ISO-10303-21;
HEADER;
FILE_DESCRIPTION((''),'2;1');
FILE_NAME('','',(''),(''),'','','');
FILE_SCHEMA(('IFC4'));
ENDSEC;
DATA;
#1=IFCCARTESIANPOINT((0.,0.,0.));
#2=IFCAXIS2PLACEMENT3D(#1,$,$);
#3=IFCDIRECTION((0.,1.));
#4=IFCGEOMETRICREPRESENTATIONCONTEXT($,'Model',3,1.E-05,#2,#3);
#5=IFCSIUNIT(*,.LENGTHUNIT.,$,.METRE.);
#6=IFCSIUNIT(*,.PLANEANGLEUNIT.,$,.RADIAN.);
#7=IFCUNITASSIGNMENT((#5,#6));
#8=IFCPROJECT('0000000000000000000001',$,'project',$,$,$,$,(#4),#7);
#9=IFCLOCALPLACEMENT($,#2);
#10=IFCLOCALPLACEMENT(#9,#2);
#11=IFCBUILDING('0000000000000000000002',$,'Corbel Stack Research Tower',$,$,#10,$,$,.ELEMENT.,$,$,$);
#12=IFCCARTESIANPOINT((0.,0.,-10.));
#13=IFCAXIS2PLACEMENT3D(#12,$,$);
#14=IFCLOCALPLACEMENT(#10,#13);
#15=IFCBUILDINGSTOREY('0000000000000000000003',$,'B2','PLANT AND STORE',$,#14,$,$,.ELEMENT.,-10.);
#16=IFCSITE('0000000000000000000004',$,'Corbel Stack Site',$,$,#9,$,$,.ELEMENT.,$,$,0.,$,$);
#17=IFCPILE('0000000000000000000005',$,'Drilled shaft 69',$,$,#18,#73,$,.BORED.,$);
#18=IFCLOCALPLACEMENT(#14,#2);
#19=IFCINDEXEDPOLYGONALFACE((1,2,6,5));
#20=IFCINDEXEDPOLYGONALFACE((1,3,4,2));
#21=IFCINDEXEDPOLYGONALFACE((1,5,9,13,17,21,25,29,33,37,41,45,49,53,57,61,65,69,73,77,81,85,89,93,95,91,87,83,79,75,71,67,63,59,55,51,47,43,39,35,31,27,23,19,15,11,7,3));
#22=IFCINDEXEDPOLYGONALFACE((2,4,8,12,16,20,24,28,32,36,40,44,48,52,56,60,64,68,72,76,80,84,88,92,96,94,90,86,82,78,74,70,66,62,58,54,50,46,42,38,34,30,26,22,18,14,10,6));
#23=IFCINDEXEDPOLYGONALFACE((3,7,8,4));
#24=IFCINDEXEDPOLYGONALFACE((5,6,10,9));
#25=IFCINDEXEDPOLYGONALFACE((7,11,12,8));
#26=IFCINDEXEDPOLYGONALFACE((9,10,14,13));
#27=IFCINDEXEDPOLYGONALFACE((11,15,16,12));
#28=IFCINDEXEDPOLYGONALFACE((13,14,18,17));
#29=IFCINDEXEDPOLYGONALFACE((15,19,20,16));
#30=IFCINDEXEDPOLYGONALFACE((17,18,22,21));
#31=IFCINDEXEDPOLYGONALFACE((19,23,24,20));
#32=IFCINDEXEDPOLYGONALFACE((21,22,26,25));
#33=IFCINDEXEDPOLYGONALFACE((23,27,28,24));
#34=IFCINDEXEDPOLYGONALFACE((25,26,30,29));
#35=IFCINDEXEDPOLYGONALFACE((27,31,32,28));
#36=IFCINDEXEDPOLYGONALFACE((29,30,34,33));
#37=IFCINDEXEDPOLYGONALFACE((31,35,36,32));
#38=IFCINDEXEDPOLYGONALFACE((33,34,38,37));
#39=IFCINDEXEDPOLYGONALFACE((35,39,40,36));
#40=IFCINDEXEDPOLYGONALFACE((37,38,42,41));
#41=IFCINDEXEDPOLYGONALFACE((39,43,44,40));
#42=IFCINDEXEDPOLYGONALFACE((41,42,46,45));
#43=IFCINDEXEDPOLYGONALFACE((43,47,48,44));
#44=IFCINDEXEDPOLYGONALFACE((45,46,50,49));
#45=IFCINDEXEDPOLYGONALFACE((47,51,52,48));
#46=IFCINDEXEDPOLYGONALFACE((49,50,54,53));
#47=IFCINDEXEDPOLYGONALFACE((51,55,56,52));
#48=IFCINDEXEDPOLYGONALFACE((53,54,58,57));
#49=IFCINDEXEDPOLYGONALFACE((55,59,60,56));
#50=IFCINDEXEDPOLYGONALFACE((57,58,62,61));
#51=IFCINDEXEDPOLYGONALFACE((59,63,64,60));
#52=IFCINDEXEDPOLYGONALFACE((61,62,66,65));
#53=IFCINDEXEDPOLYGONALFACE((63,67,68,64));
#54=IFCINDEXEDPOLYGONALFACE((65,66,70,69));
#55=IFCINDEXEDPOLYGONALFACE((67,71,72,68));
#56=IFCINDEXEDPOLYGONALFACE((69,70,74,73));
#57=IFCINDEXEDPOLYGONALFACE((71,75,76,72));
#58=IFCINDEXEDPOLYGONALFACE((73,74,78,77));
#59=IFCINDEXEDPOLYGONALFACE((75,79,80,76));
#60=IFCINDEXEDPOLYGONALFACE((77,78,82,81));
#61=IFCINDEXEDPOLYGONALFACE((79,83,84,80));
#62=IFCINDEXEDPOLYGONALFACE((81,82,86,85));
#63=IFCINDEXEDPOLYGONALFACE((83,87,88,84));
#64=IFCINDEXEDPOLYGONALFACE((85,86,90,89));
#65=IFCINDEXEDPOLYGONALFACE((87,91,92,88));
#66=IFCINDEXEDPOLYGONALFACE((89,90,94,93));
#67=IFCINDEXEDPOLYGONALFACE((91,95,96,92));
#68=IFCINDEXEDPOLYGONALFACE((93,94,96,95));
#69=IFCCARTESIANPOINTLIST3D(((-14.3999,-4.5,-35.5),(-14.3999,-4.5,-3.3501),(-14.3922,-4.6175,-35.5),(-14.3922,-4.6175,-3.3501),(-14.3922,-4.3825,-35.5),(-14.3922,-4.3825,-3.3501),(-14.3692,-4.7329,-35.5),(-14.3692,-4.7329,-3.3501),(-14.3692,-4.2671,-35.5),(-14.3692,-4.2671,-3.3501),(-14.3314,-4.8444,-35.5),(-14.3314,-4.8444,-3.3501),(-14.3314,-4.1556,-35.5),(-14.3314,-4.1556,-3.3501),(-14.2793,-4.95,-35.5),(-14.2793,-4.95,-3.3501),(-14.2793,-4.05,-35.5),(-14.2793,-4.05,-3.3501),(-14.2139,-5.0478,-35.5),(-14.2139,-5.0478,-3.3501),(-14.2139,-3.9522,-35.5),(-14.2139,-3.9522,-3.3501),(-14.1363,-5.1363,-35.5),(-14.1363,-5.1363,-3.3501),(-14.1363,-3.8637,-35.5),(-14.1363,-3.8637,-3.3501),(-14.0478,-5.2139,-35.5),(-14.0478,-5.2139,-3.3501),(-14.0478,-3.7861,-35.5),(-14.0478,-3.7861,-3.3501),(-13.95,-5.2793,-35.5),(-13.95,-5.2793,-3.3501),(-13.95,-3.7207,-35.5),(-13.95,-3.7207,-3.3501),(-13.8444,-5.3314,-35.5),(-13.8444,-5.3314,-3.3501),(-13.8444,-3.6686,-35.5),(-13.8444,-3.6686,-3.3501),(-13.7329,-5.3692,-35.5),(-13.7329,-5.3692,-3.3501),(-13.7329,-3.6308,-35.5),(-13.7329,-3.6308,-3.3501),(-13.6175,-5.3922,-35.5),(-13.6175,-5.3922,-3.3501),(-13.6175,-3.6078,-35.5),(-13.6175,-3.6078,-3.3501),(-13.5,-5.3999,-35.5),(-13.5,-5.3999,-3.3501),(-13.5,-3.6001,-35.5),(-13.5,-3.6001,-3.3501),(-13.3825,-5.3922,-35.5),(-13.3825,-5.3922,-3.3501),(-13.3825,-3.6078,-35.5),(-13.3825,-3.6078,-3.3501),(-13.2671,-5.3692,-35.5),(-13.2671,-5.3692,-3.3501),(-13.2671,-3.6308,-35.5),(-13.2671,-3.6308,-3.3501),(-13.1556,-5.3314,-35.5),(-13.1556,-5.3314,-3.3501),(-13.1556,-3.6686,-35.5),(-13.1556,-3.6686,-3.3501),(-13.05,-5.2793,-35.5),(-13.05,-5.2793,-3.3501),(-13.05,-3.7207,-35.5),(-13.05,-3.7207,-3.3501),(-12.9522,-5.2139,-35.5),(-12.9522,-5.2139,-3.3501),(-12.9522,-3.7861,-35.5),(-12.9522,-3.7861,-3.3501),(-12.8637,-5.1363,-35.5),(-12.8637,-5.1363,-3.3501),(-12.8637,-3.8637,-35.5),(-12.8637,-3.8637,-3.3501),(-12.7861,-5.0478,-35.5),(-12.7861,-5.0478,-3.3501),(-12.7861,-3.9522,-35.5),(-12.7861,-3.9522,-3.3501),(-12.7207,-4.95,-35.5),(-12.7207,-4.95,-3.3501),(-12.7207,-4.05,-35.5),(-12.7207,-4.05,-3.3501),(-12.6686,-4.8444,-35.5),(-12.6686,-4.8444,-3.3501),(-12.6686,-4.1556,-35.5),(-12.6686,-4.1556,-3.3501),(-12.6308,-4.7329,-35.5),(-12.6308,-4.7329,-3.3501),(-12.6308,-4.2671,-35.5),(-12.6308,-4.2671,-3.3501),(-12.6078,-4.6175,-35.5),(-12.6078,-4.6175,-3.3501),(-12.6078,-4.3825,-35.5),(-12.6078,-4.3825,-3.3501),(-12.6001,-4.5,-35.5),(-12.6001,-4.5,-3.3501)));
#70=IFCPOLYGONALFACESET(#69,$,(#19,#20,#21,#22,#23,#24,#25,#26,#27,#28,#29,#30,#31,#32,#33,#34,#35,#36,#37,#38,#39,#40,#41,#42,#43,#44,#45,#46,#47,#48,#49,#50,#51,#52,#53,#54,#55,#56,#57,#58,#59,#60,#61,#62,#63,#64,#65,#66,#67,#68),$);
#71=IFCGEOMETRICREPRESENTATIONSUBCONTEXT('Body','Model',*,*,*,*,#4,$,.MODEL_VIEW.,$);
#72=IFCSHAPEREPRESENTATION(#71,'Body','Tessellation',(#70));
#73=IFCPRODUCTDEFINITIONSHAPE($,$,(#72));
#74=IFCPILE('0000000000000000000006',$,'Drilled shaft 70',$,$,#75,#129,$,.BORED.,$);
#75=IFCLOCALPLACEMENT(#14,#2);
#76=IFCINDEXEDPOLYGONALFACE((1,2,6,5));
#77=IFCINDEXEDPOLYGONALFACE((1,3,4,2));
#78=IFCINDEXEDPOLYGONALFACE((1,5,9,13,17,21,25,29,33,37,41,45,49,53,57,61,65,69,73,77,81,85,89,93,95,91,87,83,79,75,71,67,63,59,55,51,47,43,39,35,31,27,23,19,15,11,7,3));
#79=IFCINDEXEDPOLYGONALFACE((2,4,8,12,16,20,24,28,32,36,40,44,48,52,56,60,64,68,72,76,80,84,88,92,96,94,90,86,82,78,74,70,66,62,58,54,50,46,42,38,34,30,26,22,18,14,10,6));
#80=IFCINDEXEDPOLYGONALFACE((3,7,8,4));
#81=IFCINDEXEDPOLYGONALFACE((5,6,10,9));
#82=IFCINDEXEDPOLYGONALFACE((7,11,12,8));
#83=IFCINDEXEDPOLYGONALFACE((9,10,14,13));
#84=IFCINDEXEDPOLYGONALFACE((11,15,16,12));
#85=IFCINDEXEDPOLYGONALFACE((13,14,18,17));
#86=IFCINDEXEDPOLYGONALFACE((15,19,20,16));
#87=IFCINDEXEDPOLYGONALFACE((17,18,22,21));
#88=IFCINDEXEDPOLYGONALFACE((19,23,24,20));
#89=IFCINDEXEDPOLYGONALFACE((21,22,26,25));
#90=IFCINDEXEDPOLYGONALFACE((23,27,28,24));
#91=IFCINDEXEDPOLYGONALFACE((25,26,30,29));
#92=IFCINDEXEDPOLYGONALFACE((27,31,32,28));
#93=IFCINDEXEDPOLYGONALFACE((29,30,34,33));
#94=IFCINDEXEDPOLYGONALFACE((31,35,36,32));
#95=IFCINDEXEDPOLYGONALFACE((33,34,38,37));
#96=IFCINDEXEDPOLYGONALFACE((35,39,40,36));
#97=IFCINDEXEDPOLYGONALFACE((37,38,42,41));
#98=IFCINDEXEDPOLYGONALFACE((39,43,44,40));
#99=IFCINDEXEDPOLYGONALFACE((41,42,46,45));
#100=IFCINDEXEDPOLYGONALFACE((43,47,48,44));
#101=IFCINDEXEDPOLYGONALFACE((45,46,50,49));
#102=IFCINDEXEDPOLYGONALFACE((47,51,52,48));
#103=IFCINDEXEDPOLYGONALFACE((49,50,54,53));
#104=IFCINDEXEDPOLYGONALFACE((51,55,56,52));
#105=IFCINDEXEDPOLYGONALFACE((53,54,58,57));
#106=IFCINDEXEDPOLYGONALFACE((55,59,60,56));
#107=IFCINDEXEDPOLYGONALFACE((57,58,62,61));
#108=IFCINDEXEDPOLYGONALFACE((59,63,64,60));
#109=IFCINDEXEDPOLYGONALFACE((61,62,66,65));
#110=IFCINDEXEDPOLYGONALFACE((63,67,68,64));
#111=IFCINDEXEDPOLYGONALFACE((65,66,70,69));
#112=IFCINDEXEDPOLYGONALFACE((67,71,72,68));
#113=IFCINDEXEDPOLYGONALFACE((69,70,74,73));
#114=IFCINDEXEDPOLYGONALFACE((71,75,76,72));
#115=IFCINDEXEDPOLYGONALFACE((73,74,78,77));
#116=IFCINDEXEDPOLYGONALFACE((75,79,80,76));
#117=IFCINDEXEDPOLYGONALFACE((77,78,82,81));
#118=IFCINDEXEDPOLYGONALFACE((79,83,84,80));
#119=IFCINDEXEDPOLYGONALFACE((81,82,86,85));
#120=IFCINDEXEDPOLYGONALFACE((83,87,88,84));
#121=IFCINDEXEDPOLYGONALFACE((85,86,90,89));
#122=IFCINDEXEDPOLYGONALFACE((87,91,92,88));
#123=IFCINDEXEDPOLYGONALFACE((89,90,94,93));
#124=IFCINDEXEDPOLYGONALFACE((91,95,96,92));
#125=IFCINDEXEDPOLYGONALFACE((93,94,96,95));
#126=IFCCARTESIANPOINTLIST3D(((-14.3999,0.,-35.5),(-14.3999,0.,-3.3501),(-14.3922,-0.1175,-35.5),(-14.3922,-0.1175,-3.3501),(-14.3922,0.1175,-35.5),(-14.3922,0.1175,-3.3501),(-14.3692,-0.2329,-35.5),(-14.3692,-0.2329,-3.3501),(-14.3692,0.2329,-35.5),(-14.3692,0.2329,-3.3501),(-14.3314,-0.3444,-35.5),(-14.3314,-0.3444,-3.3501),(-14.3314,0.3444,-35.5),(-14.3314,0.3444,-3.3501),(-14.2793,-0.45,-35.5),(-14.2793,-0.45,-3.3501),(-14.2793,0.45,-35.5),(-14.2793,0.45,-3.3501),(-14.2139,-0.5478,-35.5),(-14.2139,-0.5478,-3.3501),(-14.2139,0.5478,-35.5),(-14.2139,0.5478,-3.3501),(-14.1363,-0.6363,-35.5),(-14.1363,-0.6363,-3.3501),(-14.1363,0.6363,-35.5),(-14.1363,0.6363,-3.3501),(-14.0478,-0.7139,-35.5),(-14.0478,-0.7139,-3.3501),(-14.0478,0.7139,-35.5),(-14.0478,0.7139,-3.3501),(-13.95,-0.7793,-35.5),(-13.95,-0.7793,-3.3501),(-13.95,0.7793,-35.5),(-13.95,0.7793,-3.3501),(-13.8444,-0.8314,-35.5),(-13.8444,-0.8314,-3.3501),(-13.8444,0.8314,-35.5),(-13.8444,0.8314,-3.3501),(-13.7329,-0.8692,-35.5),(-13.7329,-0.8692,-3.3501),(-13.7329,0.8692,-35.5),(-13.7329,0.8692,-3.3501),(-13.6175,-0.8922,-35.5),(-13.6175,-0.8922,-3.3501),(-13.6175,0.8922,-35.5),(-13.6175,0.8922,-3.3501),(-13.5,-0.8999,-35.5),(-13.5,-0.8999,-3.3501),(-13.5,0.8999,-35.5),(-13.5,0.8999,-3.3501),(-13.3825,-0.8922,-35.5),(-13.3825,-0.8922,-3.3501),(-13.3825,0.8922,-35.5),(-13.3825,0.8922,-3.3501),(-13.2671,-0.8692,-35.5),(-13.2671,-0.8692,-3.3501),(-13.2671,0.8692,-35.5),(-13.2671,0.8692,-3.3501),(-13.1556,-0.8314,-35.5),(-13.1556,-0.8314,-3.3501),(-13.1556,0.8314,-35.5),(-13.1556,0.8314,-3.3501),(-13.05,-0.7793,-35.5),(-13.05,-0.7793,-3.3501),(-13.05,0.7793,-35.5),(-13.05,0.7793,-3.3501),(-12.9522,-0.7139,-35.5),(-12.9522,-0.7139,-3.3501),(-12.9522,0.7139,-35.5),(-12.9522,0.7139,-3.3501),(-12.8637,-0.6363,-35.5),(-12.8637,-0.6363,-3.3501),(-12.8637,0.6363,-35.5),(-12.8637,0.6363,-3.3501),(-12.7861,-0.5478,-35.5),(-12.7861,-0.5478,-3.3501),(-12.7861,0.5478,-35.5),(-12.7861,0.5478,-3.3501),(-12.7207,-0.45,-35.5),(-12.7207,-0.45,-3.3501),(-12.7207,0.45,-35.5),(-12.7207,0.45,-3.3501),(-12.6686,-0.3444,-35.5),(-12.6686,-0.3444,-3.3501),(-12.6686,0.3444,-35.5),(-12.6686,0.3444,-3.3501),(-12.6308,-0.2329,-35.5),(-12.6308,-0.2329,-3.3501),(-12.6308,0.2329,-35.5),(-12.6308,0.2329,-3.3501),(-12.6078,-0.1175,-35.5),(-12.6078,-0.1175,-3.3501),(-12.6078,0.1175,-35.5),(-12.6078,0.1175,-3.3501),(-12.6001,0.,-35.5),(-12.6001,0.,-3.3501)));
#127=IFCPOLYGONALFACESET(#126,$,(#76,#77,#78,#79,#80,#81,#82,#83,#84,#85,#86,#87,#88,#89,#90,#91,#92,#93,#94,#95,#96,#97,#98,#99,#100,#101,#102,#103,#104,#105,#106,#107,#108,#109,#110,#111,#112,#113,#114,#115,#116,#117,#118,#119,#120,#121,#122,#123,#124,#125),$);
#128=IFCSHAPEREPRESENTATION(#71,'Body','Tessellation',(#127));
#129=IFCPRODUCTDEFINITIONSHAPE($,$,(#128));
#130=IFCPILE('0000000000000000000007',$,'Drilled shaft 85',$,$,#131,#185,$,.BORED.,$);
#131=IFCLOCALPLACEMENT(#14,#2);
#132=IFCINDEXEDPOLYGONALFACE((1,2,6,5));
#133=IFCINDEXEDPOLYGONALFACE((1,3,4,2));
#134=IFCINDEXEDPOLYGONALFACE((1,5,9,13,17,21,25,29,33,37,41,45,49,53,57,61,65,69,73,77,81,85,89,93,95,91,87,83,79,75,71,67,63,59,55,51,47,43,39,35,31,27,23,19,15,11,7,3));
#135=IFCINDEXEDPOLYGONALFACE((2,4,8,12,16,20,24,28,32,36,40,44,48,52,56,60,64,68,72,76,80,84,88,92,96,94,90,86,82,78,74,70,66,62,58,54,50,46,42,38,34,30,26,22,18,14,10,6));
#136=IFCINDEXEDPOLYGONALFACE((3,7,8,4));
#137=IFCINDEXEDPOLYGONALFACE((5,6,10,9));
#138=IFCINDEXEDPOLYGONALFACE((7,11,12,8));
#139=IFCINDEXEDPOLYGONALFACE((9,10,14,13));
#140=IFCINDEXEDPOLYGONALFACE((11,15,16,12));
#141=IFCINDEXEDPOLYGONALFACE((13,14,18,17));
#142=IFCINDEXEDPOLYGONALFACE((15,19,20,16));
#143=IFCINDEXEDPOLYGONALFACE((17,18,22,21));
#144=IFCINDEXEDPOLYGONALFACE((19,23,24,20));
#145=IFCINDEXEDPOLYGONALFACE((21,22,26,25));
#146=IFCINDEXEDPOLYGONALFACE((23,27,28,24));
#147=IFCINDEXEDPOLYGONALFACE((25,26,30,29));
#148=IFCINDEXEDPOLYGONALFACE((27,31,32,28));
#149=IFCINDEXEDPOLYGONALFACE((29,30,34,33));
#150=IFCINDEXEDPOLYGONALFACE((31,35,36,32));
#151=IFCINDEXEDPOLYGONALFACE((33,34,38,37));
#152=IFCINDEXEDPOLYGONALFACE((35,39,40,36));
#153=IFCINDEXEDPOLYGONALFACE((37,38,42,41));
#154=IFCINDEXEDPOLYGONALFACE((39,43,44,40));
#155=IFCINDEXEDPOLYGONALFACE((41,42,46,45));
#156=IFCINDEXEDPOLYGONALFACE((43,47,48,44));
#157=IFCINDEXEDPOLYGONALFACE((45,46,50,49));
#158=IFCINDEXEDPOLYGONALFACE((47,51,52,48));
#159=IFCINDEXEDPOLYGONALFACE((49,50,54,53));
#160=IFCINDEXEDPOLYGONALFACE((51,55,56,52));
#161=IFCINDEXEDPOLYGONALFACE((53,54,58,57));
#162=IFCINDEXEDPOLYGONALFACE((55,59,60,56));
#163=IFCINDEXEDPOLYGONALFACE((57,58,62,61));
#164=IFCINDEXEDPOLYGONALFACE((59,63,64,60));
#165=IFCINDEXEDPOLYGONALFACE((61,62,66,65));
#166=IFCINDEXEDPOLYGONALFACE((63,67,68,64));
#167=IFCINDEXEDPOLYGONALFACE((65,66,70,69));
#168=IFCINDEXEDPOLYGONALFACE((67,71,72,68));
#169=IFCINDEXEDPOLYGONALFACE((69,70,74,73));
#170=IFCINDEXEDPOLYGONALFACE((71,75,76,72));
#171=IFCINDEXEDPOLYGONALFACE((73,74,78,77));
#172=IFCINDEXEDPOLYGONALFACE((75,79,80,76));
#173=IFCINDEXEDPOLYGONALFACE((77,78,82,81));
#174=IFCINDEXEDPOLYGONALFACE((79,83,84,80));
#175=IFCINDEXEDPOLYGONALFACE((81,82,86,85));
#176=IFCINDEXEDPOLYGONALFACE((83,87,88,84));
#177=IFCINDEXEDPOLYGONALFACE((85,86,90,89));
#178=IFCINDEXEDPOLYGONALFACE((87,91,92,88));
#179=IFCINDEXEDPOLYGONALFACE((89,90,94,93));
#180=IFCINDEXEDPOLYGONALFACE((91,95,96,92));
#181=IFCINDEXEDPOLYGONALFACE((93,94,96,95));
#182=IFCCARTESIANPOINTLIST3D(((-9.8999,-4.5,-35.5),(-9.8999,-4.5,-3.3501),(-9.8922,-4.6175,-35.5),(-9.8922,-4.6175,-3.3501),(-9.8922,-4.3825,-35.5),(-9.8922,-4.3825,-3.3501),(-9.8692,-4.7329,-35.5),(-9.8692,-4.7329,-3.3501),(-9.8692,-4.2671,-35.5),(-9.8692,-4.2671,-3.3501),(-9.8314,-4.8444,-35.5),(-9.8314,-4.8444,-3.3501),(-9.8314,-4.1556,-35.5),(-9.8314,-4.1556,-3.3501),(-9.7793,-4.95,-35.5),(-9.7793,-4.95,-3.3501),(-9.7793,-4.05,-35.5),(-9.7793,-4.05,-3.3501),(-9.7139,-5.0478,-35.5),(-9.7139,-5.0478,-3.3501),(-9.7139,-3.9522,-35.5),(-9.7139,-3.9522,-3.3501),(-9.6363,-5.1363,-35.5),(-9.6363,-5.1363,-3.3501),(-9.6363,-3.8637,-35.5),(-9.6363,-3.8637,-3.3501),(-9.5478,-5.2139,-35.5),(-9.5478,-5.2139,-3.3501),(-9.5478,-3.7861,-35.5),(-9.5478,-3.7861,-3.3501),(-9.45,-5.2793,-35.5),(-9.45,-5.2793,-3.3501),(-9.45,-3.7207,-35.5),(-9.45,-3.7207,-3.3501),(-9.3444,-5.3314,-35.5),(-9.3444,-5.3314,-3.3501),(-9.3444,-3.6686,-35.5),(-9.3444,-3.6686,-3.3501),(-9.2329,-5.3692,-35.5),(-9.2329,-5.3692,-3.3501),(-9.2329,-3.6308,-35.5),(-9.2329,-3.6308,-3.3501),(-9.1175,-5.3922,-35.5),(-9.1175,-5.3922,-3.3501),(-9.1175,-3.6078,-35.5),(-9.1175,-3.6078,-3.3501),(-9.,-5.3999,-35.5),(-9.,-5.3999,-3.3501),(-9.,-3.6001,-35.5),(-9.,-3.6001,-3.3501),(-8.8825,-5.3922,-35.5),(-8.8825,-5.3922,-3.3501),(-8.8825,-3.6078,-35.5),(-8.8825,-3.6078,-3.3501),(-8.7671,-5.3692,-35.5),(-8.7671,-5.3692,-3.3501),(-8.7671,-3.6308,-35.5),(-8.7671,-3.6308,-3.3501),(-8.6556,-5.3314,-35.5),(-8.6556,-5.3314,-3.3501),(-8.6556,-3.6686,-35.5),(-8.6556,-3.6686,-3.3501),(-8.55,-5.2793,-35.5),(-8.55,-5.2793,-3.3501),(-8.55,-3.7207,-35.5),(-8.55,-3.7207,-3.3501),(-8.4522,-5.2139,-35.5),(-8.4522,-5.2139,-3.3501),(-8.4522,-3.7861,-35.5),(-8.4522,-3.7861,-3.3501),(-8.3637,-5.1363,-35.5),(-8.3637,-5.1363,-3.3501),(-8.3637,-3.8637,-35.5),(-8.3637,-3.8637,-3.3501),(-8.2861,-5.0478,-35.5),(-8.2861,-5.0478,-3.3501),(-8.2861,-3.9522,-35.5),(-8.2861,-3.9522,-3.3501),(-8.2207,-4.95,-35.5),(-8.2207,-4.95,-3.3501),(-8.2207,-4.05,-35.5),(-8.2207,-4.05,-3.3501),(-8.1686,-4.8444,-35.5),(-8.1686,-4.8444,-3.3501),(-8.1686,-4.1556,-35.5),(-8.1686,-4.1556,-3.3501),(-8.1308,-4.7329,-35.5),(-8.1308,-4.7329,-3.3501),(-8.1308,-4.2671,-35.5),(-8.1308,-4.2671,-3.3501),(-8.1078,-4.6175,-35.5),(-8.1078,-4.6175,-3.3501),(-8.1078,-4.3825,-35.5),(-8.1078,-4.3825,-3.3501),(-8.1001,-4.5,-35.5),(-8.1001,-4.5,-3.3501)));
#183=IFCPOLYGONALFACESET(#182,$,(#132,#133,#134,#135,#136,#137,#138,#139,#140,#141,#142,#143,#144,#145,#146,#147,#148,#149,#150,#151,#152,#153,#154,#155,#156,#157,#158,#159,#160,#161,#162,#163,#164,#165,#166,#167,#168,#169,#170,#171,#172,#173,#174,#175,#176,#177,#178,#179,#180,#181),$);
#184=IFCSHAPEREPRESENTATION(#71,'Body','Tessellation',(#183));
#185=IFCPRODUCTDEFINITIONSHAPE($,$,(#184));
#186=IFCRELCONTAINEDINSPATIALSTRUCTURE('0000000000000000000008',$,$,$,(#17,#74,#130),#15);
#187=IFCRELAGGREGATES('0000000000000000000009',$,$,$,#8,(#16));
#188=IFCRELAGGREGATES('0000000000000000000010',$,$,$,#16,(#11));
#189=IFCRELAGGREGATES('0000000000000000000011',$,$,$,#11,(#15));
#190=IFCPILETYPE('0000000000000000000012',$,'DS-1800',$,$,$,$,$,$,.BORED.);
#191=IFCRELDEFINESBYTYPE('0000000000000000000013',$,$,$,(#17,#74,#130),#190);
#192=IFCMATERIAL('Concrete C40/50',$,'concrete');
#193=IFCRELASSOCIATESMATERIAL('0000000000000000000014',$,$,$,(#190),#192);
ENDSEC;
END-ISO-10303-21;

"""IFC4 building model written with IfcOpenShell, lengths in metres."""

from ifc_helpers import new_model, si_unit, direction, frame, origin, origin_2d, place, context, subcontext, project, spatial, circle, extrude, material, material_profile, profile_set, type_object, element, save


model = new_model("IFC4")

# Units and contexts
model_context = context("Model", 3, precision=1e-05, world=origin(), true_north=direction((0.0, 1.0)))
body_context = subcontext(model_context, "Body", "Model", "MODEL_VIEW")
ifc_project = project(units=[si_unit("LENGTHUNIT", "METRE"), si_unit("PLANEANGLEUNIT", "RADIAN")], contexts=[model_context])

# Site, building, storey
site_placement = place(None, origin())
site = spatial("IfcSite", under=ifc_project, at=site_placement, Name="Corbel Stack Site", CompositionType="ELEMENT", RefElevation=0.0)
building_placement = place(site_placement, origin())
building = spatial("IfcBuilding", under=site, at=building_placement, Name="Corbel Stack Research Tower", CompositionType="ELEMENT")
storey_placement = place(building_placement, frame((0.0, 0.0, -10.0)))
storey = spatial("IfcBuildingStorey", under=building, at=storey_placement, Name="B2", Description="PLANT AND STORE", CompositionType="ELEMENT", Elevation=-10.0)

# Piles
ifc_material_1 = material(Name="Concrete C40/50", Category="concrete")
ifc_material_profile = material_profile(ifc_material_1, circle(Radius=0.8999, at=origin_2d()), Name="Shaft 1800")
ifc_profile_set = profile_set([ifc_material_profile], Name="Concrete C40/50")
pile_type = type_object("IfcPileType", Name="DS-1800", PredefinedType="BORED", material=ifc_profile_set)
for number, where, z_axis, x_axis, name in (
    (1, (-13.5, -4.5, -3.3501), (0.0, 0.0, -1.0), (1.0, 0.0, 0.0), "Drilled shaft 69"),
    (2, (-13.5, 0.0, -3.3501), (0.0, 0.0, -1.0), (1.0, 0.0, 0.0), "Drilled shaft 70"),
    (3, (-9.0, -4.5, -3.3501), (0.0, 0.0, -1.0), (1.0, 0.0, 0.0), "Drilled shaft 85"),
):
    element("IfcPile", number, at=place(storey_placement, frame(where, z_axis=z_axis, x_axis=x_axis)), inside=storey, type_object=pile_type, Name=name, PredefinedType="BORED", context=body_context, shape_type="SweptSolid", body=[
        extrude(circle(Radius=0.8999, at=origin_2d()), origin(), (0.0, 0.0, 1.0), 32.1499),
    ])

save(model, "model.ifc")
